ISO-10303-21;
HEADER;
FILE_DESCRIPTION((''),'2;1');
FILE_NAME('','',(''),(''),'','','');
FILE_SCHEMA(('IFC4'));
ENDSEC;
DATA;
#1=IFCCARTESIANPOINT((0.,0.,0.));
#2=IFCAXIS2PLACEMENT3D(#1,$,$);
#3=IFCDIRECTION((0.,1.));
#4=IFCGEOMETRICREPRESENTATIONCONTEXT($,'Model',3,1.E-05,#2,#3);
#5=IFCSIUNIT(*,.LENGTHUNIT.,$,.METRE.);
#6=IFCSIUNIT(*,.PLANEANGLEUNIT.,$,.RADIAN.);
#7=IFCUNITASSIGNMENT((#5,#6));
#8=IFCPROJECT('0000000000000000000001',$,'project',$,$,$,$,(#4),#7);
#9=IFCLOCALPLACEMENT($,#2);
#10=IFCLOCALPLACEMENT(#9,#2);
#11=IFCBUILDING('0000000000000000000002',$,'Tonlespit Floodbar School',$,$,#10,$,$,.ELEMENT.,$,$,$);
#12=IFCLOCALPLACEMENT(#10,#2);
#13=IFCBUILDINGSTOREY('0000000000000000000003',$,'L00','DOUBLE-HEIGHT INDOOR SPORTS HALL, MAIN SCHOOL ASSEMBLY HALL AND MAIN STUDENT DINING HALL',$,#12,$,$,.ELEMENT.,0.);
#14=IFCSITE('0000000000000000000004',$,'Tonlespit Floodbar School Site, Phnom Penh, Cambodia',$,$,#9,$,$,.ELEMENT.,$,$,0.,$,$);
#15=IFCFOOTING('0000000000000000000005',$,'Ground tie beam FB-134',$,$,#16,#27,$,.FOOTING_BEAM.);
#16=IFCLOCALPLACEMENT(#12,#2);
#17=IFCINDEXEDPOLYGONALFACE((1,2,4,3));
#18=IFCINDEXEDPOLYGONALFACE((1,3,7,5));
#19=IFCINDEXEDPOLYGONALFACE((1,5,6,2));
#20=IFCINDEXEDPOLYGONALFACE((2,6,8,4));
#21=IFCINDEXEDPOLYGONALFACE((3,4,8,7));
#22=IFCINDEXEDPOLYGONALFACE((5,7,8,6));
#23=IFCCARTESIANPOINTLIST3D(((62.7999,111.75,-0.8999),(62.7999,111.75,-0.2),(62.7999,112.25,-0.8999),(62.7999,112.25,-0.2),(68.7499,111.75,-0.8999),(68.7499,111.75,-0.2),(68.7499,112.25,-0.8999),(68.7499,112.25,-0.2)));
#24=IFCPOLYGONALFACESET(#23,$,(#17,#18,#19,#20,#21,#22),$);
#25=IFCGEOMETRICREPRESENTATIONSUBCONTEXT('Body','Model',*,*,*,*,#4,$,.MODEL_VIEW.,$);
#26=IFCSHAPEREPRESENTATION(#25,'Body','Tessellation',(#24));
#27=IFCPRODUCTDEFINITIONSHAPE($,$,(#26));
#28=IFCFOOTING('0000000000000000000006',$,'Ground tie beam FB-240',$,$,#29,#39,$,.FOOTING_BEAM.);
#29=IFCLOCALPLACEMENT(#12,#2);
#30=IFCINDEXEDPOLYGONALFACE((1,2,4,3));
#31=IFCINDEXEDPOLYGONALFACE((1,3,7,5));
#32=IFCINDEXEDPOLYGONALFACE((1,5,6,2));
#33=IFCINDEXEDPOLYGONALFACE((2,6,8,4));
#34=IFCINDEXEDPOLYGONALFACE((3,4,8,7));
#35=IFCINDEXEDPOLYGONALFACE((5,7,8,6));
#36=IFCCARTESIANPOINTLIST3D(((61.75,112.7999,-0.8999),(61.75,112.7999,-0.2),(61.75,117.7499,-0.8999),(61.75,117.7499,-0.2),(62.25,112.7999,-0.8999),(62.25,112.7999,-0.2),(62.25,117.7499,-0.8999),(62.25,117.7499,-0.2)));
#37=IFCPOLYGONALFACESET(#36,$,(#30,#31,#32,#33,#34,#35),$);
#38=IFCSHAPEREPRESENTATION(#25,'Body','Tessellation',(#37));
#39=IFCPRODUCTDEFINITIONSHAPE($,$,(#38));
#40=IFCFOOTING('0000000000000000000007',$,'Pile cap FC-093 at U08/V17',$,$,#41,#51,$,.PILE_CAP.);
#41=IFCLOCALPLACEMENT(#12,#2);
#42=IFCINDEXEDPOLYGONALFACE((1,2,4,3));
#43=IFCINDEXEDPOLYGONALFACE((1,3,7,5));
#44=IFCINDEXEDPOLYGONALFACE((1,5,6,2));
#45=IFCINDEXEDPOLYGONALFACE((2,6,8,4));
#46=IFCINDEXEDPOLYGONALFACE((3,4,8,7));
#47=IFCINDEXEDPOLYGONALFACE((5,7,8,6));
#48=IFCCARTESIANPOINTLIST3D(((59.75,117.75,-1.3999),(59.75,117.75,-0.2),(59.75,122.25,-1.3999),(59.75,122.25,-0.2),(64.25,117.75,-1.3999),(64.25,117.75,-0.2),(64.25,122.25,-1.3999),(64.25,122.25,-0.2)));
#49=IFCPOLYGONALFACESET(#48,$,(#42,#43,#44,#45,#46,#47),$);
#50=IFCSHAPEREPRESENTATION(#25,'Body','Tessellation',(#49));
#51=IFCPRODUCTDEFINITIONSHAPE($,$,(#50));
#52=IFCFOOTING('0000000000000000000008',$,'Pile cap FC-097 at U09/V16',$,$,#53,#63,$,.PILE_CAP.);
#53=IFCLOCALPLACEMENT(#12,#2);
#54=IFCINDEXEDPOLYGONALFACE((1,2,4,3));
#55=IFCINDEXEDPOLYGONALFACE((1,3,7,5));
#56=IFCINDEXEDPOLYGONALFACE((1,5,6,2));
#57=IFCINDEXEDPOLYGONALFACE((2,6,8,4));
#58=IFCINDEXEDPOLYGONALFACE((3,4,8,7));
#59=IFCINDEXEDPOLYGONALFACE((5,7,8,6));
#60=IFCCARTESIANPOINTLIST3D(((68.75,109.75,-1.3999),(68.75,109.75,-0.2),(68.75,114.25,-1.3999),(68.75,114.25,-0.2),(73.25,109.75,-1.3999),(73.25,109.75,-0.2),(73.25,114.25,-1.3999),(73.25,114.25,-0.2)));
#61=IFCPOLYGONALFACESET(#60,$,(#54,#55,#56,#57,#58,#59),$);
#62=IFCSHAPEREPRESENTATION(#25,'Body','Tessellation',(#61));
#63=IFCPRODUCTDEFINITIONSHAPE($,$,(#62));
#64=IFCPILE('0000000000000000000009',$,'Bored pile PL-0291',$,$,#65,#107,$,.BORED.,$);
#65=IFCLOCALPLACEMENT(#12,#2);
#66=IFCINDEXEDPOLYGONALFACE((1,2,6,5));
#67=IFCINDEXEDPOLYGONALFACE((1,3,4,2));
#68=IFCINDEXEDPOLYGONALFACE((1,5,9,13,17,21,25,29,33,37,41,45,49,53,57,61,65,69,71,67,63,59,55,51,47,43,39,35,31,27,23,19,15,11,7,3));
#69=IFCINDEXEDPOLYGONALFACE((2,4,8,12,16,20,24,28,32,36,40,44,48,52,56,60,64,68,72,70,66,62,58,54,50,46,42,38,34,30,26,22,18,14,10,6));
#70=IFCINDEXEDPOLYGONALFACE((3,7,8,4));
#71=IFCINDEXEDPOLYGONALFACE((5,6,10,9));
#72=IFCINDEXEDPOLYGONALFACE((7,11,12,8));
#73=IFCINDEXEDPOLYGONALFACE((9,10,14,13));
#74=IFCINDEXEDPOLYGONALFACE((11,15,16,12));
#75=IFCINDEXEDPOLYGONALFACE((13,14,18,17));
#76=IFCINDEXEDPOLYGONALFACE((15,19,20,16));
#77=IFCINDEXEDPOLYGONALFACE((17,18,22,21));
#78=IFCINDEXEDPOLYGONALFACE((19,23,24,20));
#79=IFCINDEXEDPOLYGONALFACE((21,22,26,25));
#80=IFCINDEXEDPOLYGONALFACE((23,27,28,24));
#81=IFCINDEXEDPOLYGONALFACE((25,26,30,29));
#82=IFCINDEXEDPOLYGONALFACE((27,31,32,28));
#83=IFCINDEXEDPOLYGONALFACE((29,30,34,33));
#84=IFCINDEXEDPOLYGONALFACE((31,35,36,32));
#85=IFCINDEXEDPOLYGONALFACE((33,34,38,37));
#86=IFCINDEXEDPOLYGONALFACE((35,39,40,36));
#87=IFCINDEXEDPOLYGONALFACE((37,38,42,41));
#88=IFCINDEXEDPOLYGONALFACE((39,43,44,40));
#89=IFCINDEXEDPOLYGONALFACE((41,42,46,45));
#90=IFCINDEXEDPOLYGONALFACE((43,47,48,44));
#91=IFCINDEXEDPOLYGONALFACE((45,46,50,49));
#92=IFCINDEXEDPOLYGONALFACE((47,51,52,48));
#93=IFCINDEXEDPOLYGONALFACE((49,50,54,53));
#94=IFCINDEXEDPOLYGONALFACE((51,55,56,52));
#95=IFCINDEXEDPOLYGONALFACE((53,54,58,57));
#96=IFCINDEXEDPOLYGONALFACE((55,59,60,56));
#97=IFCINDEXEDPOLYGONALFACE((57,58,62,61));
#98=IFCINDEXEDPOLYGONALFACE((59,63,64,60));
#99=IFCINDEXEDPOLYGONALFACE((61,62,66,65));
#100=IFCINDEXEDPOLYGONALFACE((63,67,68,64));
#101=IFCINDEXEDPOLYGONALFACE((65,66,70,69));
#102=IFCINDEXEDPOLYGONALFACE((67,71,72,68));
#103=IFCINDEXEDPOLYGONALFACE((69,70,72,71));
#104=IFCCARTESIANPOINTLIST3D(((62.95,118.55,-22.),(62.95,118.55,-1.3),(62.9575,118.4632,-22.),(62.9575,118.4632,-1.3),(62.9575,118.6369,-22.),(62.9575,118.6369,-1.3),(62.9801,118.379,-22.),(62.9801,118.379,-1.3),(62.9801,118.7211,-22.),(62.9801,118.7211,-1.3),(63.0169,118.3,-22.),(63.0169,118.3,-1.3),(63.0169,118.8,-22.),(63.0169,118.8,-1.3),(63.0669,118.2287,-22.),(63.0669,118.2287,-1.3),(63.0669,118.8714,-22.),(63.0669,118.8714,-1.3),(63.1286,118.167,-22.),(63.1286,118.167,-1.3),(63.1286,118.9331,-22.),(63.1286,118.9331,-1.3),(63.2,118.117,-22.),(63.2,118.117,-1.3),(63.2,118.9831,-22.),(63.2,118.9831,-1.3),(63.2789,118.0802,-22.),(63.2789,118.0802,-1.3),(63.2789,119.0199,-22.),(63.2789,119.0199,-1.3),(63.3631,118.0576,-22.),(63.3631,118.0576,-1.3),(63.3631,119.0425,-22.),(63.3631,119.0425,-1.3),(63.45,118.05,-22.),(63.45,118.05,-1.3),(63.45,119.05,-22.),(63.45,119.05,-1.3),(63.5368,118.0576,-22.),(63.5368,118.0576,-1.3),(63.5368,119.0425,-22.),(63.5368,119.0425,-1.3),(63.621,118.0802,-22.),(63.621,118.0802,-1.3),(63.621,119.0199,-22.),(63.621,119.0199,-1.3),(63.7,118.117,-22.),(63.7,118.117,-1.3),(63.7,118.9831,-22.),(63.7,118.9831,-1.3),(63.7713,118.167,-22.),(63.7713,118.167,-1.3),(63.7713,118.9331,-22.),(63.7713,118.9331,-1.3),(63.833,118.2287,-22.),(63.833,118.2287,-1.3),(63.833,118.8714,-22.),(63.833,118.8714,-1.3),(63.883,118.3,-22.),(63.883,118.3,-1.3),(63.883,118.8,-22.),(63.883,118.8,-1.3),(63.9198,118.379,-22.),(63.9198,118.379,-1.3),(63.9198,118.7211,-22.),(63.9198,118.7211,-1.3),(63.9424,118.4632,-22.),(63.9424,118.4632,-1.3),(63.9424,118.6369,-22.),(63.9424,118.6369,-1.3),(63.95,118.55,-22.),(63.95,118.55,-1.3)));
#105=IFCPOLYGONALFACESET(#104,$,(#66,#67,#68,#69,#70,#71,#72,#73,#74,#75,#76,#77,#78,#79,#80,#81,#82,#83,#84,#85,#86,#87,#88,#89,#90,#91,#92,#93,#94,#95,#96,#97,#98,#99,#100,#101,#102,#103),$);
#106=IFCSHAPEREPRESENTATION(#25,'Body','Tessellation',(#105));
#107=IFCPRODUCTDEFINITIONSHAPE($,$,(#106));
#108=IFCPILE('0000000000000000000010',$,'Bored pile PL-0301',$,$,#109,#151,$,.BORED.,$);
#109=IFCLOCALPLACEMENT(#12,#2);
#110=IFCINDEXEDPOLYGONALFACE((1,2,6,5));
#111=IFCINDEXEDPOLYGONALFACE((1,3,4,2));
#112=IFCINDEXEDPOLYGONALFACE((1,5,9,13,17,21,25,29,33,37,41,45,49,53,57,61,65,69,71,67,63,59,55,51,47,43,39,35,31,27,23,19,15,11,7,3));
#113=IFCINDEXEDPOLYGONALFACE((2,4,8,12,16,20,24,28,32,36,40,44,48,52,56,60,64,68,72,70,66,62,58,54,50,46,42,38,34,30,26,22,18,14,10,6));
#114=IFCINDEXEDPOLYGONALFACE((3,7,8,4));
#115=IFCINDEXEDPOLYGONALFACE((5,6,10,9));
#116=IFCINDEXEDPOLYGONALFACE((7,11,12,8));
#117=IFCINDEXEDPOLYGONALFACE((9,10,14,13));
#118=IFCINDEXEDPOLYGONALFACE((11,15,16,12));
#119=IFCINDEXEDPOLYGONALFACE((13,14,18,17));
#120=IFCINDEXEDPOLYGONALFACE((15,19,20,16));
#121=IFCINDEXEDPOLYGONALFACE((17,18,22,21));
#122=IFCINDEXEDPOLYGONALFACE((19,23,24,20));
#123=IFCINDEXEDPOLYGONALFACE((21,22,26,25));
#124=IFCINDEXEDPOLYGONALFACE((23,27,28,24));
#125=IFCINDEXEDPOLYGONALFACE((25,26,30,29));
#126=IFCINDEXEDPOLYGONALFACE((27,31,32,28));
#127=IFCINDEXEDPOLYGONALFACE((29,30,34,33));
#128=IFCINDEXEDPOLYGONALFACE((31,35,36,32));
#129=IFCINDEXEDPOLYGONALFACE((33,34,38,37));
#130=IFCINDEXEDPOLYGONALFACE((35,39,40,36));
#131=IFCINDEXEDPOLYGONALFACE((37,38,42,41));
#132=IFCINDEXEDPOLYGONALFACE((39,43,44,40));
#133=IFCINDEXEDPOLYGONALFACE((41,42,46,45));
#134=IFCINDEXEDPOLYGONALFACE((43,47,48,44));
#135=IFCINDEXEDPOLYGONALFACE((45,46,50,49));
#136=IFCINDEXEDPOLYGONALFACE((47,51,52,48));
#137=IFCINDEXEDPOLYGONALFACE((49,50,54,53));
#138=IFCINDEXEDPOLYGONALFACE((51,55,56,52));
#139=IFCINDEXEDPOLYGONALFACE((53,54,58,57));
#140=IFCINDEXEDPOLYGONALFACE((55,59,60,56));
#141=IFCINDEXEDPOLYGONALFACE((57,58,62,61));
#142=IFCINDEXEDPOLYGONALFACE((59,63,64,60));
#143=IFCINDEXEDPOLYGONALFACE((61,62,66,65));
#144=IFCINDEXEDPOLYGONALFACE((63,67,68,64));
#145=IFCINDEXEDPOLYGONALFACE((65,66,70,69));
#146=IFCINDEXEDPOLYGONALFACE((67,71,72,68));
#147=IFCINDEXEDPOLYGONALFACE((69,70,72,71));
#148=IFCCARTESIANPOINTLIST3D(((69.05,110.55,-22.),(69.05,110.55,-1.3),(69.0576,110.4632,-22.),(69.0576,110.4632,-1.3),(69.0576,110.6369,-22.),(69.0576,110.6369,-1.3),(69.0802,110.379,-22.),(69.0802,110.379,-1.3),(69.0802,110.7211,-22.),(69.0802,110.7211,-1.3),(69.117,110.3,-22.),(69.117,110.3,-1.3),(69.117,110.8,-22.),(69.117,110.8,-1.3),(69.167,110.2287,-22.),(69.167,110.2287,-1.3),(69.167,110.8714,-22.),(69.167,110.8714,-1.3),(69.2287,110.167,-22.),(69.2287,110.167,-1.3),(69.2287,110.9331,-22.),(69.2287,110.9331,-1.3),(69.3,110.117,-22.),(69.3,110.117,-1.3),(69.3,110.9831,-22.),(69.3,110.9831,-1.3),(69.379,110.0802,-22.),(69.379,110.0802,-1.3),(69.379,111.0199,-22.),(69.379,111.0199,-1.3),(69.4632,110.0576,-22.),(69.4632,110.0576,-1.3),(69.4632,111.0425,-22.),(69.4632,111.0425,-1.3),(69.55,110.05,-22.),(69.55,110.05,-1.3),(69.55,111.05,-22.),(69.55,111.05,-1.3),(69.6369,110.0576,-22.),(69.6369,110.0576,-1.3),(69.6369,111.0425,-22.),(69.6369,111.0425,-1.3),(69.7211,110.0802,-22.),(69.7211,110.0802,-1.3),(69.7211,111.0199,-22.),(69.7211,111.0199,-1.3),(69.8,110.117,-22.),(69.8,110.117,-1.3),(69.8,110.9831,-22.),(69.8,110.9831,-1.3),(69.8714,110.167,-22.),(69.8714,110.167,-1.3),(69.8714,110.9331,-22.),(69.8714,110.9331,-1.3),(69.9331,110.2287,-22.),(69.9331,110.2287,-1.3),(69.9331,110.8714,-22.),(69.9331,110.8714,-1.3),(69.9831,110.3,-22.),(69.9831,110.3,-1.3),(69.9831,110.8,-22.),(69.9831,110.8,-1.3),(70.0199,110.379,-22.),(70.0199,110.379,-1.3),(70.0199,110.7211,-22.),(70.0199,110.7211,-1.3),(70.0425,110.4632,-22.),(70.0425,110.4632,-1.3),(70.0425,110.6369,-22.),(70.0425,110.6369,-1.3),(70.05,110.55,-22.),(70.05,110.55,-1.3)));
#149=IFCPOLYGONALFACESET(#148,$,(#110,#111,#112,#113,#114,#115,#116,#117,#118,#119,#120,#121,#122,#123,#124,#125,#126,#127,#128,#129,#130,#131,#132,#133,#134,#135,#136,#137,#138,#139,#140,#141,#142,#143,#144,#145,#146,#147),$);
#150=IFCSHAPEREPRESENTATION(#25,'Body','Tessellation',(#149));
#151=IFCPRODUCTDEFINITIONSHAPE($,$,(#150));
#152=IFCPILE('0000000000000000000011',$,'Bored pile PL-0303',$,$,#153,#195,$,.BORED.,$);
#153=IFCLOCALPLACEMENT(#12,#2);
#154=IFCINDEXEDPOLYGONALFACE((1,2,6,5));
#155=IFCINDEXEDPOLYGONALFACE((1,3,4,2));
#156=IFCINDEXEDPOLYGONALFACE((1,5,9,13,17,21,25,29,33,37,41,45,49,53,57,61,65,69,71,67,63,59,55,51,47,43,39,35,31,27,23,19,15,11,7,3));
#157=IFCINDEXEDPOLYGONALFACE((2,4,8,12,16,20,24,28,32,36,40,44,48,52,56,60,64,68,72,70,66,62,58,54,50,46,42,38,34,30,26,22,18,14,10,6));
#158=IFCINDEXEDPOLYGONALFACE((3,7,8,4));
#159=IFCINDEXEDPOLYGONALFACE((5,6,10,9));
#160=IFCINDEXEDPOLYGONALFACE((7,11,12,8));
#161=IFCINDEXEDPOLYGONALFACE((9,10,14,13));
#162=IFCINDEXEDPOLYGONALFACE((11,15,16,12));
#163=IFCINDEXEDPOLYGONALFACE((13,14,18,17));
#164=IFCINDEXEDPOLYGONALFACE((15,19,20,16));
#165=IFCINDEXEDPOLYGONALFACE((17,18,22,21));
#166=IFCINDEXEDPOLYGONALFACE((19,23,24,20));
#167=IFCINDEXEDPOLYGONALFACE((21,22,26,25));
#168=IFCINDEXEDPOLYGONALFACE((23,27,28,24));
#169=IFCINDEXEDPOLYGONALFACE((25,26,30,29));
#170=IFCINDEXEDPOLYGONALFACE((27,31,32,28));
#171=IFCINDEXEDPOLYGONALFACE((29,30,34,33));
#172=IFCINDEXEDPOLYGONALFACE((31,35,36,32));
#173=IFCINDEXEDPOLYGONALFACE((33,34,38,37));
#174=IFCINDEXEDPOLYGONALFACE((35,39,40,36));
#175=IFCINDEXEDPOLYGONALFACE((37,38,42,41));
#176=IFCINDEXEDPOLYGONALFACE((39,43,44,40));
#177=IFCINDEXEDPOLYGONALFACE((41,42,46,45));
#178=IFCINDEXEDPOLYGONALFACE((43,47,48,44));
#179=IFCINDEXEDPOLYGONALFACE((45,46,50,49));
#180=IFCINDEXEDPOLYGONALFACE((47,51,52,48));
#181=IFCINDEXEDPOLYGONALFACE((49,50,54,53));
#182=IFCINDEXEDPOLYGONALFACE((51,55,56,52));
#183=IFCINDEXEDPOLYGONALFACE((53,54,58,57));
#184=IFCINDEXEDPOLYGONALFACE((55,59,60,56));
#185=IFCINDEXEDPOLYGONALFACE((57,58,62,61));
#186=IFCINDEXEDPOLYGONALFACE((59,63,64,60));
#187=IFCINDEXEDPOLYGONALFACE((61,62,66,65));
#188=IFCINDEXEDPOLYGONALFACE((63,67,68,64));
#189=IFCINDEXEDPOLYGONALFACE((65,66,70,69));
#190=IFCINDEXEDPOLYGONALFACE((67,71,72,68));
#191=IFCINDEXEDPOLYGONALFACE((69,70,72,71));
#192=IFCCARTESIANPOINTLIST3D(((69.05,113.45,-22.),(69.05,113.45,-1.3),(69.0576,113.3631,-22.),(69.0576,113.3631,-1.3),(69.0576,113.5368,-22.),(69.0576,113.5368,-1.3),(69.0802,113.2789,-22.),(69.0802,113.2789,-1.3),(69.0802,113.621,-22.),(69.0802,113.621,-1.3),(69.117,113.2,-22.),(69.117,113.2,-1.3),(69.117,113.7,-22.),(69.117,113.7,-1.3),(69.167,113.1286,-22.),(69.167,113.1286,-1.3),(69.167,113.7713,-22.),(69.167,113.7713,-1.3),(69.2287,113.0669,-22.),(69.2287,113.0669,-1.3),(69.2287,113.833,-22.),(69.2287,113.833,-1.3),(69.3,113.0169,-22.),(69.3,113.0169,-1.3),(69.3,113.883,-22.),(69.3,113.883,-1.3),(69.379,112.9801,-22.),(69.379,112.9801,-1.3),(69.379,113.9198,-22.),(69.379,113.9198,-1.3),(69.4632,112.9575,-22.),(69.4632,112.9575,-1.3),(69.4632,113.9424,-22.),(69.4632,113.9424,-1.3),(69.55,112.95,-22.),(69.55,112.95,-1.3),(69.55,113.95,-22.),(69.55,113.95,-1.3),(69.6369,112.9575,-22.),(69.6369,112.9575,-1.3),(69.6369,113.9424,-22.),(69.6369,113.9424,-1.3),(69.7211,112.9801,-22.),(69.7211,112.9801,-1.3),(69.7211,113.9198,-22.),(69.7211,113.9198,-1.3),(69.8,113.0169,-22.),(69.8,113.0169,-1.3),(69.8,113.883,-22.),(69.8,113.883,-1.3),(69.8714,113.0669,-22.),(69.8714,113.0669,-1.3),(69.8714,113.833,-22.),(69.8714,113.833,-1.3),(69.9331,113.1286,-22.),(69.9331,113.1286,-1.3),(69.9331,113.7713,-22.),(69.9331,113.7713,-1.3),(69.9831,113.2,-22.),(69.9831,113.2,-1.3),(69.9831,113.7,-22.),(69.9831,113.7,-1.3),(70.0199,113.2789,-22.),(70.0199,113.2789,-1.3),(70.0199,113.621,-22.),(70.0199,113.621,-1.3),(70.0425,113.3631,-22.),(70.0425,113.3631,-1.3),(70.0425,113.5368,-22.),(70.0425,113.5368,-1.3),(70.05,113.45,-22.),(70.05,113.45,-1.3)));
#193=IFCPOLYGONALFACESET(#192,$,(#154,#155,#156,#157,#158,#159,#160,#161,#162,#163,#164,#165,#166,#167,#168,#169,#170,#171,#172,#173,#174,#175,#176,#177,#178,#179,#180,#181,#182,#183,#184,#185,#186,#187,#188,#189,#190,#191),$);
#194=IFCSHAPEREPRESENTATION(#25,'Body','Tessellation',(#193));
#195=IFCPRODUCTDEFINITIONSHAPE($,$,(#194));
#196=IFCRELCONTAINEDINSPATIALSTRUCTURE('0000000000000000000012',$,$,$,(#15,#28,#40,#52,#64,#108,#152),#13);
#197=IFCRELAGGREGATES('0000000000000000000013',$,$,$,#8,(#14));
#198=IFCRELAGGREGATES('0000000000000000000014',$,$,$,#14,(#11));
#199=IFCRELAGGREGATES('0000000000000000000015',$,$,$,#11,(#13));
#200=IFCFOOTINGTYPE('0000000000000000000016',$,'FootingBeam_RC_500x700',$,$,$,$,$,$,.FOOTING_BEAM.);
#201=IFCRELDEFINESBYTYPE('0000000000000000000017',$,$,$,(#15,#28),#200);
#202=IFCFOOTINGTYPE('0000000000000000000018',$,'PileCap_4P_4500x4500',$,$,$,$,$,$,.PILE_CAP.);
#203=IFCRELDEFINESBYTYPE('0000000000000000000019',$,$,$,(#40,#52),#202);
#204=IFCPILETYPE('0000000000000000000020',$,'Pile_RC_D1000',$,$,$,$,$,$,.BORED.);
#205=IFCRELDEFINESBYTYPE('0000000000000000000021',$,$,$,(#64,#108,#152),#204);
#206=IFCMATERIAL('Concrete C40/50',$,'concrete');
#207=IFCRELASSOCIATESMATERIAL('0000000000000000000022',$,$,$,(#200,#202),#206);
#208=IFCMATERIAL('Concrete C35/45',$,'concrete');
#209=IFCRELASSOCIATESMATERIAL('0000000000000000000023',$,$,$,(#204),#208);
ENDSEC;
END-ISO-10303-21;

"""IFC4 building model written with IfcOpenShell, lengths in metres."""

from ifc_helpers import new_model, si_unit, direction, frame, origin, origin_2d, place, context, subcontext, project, spatial, rectangle, circle, extrude, material, material_profile, profile_set, type_object, element, save


model = new_model("IFC4")

# Units and contexts
model_context = context("Model", 3, precision=1e-05, world=origin(), true_north=direction((0.0, 1.0)))
body_context = subcontext(model_context, "Body", "Model", "MODEL_VIEW")
ifc_project = project(units=[si_unit("LENGTHUNIT", "METRE"), si_unit("PLANEANGLEUNIT", "RADIAN")], contexts=[model_context])

# Site, building, storey
site_placement = place(None, origin())
site = spatial("IfcSite", under=ifc_project, at=site_placement, Name="Tonlespit Floodbar School Site, Phnom Penh, Cambodia", CompositionType="ELEMENT", RefElevation=0.0)
building_placement = place(site_placement, origin())
building = spatial("IfcBuilding", under=site, at=building_placement, Name="Tonlespit Floodbar School", CompositionType="ELEMENT")
storey_placement = place(building_placement, origin())
storey = spatial("IfcBuildingStorey", under=building, at=storey_placement, Name="L00", Description="DOUBLE-HEIGHT INDOOR SPORTS HALL, MAIN SCHOOL ASSEMBLY HALL AND MAIN STUDENT DINING HALL", CompositionType="ELEMENT", Elevation=0.0)

# Footings
ifc_material_1 = material(Name="Concrete C40/50", Category="concrete")
footing_type_1 = type_object("IfcFootingType", Name="FootingBeam_RC_500x700", PredefinedType="FOOTING_BEAM", material=ifc_material_1)
footing_1_placement = place(storey_placement, frame((65.7749, 112.0, -0.8999), z_axis=(0.0, 0.0, 1.0), x_axis=(1.0, 0.0, 0.0)))
element("IfcFooting", 1, at=footing_1_placement, inside=storey, type_object=footing_type_1, Name="Ground tie beam FB-134", PredefinedType="FOOTING_BEAM", context=body_context, shape_type="SweptSolid", body=[
    extrude(rectangle(XDim=5.95, YDim=0.5, at=origin_2d()), origin(), (0.0, 0.0, 1.0), 0.7),
])
footing_2_placement = place(storey_placement, frame((62.0, 115.2749, -0.8999), z_axis=(0.0, 0.0, 1.0), x_axis=(0.0, 1.0, 0.0)))
element("IfcFooting", 2, at=footing_2_placement, inside=storey, type_object=footing_type_1, Name="Ground tie beam FB-240", PredefinedType="FOOTING_BEAM", context=body_context, shape_type="SweptSolid", body=[
    extrude(rectangle(XDim=4.95, YDim=0.5, at=origin_2d()), origin(), (0.0, 0.0, 1.0), 0.7),
])
footing_type_2 = type_object("IfcFootingType", Name="PileCap_4P_4500x4500", PredefinedType="PILE_CAP", material=ifc_material_1)
for number, where, z_axis, x_axis, name in (
    (3, (62.0, 120.0, -1.3999), (0.0, 0.0, 1.0), (1.0, 0.0, 0.0), "Pile cap FC-093 at U08/V17"),
    (4, (71.0, 112.0, -1.3999), (0.0, 0.0, 1.0), (1.0, 0.0, 0.0), "Pile cap FC-097 at U09/V16"),
):
    element("IfcFooting", number, at=place(storey_placement, frame(where, z_axis=z_axis, x_axis=x_axis)), inside=storey, type_object=footing_type_2, Name=name, PredefinedType="PILE_CAP", context=body_context, shape_type="SweptSolid", body=[
        extrude(rectangle(XDim=4.5, YDim=4.5, at=origin_2d()), origin(), (0.0, 0.0, 1.0), 1.2),
    ])

# Piles
ifc_material_2 = material(Name="Concrete C35/45", Category="concrete")
ifc_material_profile_1 = material_profile(ifc_material_2, circle(Radius=0.5, at=origin_2d()), Name="BP D1000")
ifc_profile_set_1 = profile_set([ifc_material_profile_1], Name="Concrete C35/45")
pile_type = type_object("IfcPileType", Name="Pile_RC_D1000", PredefinedType="BORED", material=ifc_profile_set_1)
for number, where, z_axis, x_axis, name in (
    (5, (63.45, 118.55, -1.3), (0.0, 0.0, -1.0), (1.0, 0.0, 0.0), "Bored pile PL-0291"),
    (6, (69.55, 110.55, -1.3), (0.0, 0.0, -1.0), (1.0, 0.0, 0.0), "Bored pile PL-0301"),
    (7, (69.55, 113.45, -1.3), (0.0, 0.0, -1.0), (1.0, 0.0, 0.0), "Bored pile PL-0303"),
):
    element("IfcPile", number, at=place(storey_placement, frame(where, z_axis=z_axis, x_axis=x_axis)), inside=storey, type_object=pile_type, Name=name, PredefinedType="BORED", context=body_context, shape_type="SweptSolid", body=[
        extrude(circle(Radius=0.5, at=origin_2d()), origin(), (0.0, 0.0, 1.0), 20.7),
    ])

save(model, "model.ifc")
